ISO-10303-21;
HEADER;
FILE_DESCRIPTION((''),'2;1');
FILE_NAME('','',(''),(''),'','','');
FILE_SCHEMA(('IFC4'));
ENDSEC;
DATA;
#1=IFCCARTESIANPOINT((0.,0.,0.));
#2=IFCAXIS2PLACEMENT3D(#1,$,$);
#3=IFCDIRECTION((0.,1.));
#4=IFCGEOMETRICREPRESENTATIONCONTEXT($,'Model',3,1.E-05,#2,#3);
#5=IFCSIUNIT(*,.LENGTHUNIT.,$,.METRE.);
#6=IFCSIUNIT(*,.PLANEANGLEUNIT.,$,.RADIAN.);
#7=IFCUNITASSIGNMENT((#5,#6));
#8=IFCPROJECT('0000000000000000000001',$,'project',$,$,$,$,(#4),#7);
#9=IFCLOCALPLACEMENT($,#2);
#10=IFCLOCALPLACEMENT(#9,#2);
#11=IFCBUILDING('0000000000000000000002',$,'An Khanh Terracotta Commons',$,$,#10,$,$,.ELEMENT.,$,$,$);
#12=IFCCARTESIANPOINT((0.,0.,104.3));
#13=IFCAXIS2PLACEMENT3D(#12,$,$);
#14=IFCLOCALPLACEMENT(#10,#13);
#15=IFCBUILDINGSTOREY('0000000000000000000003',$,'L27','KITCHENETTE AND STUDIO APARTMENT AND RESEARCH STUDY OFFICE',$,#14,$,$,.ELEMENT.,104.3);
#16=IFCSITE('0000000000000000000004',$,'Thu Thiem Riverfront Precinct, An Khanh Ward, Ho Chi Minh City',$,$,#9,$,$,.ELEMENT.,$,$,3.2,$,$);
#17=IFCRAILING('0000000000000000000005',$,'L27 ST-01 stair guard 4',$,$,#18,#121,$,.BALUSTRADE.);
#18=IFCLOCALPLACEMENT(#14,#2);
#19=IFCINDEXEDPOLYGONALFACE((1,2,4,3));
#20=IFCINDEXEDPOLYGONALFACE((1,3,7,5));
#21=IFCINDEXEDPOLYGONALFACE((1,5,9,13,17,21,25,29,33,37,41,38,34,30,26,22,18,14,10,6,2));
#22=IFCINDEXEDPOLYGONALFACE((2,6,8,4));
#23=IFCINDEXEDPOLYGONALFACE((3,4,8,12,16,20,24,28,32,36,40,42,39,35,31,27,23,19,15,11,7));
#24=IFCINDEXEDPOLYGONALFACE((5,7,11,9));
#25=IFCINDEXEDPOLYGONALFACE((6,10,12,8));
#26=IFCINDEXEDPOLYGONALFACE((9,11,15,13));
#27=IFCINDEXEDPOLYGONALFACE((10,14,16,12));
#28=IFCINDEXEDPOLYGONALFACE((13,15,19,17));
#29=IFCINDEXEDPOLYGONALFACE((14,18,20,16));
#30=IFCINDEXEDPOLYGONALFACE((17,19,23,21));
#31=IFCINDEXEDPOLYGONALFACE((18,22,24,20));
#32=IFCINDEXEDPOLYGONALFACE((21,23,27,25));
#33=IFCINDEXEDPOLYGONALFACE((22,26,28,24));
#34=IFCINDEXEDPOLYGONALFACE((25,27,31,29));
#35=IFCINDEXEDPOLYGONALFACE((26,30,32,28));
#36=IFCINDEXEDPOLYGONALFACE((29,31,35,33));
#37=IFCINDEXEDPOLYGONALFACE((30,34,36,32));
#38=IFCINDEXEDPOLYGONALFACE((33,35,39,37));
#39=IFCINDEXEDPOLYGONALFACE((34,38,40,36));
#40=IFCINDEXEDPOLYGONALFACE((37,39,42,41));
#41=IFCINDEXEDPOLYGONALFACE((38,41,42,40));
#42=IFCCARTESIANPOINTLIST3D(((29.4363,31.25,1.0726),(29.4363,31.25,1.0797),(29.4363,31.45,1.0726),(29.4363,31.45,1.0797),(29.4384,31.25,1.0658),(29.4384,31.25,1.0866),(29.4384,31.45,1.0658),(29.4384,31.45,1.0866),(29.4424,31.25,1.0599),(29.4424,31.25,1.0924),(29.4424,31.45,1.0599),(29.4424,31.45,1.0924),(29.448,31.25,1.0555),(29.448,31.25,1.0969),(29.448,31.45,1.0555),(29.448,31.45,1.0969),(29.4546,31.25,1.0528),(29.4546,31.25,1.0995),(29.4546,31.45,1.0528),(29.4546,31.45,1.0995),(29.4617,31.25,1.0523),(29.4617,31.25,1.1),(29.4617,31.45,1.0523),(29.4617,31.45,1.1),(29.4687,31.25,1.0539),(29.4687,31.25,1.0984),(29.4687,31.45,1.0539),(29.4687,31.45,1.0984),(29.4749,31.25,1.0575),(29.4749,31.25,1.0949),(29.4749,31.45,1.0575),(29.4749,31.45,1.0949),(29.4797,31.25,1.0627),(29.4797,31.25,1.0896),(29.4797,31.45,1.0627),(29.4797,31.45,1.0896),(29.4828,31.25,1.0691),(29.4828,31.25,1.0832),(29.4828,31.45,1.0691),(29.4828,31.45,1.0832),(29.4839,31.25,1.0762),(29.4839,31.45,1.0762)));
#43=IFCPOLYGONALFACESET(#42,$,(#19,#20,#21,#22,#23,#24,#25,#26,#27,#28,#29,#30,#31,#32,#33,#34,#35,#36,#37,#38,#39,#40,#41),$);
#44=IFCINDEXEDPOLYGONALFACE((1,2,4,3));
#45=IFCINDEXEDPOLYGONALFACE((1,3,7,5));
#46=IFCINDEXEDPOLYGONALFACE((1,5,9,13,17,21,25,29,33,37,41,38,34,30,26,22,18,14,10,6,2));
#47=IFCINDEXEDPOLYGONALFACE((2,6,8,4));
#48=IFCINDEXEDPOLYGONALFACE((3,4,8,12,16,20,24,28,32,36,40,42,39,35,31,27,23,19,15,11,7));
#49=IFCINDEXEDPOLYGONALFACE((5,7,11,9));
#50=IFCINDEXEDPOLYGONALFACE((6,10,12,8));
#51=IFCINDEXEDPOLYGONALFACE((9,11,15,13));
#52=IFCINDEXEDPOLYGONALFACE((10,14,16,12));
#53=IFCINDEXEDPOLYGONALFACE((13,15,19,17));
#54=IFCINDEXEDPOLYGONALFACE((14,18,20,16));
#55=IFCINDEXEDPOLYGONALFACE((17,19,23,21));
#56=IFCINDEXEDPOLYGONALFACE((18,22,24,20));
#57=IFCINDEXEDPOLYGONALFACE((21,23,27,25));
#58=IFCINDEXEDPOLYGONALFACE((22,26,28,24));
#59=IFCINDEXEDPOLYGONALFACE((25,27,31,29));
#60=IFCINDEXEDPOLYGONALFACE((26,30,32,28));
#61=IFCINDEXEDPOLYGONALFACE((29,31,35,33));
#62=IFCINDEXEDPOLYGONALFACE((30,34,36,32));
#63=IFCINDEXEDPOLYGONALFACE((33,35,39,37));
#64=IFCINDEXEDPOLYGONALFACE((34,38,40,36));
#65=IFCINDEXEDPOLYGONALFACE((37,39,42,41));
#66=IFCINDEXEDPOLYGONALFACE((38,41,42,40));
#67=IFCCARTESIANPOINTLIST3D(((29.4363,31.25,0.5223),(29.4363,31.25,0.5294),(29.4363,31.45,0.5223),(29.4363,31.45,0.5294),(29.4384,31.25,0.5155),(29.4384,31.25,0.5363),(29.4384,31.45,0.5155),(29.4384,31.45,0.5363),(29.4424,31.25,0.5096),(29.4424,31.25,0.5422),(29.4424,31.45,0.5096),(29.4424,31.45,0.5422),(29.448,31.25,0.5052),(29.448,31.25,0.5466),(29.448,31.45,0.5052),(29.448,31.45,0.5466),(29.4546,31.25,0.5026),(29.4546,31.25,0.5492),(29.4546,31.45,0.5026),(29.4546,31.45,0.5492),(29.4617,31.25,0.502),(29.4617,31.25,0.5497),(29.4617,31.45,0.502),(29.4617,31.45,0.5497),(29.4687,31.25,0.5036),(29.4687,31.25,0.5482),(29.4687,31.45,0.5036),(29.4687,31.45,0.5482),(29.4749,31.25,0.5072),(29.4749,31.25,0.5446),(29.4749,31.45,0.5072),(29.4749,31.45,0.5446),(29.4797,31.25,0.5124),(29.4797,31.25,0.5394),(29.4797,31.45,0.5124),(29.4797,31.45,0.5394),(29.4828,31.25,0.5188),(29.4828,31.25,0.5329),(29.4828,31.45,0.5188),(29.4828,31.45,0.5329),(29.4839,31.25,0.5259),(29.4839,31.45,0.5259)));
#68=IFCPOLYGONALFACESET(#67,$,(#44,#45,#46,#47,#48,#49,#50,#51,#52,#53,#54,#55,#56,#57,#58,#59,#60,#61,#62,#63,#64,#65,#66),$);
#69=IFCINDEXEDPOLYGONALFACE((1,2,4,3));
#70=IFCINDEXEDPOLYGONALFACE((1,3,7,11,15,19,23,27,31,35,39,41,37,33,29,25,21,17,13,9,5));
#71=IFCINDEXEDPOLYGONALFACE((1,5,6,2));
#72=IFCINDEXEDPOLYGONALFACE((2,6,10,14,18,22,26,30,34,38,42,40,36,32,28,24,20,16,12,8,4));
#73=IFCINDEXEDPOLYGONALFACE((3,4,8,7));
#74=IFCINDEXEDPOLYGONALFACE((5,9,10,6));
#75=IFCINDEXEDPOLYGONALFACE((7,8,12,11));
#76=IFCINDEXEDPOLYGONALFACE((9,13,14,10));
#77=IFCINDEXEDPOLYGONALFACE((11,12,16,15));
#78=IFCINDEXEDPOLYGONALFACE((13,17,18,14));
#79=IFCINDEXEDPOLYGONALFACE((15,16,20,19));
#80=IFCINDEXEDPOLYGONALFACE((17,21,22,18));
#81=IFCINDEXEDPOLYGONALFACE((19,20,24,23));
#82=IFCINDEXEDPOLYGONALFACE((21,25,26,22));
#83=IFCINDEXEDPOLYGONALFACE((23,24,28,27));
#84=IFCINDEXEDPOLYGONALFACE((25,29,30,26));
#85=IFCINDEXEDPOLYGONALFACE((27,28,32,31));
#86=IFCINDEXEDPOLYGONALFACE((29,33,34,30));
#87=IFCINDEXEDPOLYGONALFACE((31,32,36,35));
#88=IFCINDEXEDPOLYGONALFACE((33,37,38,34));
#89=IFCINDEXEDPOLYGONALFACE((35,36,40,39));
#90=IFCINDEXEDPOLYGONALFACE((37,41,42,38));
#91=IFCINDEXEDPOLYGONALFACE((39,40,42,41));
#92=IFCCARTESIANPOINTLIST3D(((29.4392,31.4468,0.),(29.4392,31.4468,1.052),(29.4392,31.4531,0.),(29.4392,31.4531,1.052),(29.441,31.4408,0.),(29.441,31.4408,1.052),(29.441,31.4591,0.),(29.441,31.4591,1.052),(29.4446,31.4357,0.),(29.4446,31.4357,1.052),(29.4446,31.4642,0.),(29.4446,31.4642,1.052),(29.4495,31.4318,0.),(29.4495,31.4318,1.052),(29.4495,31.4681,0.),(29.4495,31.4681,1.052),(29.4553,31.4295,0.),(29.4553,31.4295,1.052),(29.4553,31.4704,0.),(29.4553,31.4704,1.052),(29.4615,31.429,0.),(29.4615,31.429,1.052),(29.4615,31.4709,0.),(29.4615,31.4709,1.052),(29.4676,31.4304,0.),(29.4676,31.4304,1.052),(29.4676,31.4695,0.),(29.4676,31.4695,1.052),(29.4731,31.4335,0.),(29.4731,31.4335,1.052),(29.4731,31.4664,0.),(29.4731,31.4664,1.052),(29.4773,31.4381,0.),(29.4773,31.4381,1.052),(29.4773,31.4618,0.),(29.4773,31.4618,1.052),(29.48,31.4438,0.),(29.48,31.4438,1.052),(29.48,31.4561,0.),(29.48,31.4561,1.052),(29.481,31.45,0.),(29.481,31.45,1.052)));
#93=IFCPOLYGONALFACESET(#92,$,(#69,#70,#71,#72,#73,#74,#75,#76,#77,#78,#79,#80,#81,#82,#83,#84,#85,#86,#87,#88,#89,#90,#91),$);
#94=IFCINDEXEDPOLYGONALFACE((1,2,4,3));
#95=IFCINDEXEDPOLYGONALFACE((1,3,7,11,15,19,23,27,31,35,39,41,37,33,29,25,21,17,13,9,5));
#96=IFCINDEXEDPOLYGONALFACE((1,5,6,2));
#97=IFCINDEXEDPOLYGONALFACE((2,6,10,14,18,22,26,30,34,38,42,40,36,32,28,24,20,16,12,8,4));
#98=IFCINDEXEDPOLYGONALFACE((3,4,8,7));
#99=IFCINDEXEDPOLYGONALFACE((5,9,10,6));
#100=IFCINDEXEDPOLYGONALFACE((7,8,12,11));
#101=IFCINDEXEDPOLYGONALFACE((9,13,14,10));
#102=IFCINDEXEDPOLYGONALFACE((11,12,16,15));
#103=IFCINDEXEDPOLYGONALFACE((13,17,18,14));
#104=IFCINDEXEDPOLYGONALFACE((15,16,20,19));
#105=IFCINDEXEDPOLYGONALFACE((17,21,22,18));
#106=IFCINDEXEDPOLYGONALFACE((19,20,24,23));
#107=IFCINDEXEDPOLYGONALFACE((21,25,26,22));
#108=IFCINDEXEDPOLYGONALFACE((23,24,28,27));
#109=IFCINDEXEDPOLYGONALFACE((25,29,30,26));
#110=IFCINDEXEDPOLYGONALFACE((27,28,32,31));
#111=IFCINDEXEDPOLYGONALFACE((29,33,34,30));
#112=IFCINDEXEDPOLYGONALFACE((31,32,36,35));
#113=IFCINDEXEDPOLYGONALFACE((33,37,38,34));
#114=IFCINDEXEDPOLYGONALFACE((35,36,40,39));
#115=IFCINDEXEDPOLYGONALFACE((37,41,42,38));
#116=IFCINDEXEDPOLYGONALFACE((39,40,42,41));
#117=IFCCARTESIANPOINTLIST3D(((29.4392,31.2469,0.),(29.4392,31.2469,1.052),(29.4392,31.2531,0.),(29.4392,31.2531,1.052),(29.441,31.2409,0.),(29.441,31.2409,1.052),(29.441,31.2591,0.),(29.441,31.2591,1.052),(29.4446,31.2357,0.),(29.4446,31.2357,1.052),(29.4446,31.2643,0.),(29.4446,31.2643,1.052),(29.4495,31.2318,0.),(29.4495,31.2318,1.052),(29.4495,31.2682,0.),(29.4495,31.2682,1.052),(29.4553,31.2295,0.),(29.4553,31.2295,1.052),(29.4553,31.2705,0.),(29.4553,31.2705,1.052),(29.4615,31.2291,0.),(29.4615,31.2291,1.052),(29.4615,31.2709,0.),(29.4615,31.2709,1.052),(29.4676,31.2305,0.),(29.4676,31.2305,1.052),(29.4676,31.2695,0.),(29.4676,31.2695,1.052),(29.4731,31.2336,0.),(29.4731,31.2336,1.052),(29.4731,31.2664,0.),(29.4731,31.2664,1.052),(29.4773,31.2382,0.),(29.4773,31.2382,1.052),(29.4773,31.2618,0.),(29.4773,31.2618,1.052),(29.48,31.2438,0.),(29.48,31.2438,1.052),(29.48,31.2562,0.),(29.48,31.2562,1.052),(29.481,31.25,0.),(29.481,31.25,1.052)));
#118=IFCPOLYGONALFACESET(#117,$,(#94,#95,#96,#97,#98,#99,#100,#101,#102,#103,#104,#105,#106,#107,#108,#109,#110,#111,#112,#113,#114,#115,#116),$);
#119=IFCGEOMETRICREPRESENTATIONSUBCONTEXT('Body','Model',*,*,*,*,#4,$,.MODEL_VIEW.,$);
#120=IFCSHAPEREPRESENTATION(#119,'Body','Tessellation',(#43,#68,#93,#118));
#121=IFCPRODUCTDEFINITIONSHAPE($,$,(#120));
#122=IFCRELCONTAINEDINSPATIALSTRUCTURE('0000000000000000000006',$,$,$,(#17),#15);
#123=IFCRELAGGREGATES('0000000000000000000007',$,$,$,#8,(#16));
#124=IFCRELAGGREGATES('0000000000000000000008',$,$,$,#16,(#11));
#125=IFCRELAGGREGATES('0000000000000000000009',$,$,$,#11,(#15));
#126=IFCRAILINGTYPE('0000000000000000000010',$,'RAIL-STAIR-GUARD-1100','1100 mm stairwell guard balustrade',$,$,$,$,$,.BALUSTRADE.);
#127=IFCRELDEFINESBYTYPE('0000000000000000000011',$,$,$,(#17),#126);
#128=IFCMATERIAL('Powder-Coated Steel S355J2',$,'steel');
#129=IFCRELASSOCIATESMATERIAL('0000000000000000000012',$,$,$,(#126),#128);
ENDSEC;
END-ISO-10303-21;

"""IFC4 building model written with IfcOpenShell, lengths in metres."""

from ifc_helpers import new_model, si_unit, direction, frame, origin, origin_2d, place, context, subcontext, project, spatial, circle, extrude, material, type_object, element, save


model = new_model("IFC4")

# Units and contexts
model_context = context("Model", 3, precision=1e-05, world=origin(), true_north=direction((0.0, 1.0)))
body_context = subcontext(model_context, "Body", "Model", "MODEL_VIEW")
ifc_project = project(units=[si_unit("LENGTHUNIT", "METRE"), si_unit("PLANEANGLEUNIT", "RADIAN")], contexts=[model_context])

# Site, building, storey
site_placement = place(None, origin())
site = spatial("IfcSite", under=ifc_project, at=site_placement, Name="Thu Thiem Riverfront Precinct, An Khanh Ward, Ho Chi Minh City", CompositionType="ELEMENT", RefElevation=3.2)
building_placement = place(site_placement, origin())
building = spatial("IfcBuilding", under=site, at=building_placement, Name="An Khanh Terracotta Commons", CompositionType="ELEMENT")
storey_placement = place(building_placement, frame((0.0, 0.0, 104.3)))
storey = spatial("IfcBuildingStorey", under=building, at=storey_placement, Name="L27", Description="KITCHENETTE AND STUDIO APARTMENT AND RESEARCH STUDY OFFICE", CompositionType="ELEMENT", Elevation=104.3)

# Railing
ifc_material_1 = material(Name="Powder-Coated Steel S355J2", Category="steel")
railing_type_1 = type_object("IfcRailingType", Name="RAIL-STAIR-GUARD-1100", Description="1100 mm stairwell guard balustrade", PredefinedType="BALUSTRADE", material=ifc_material_1)
railing_1_placement = place(storey_placement, frame((29.46, 31.45, 0.0)))
element("IfcRailing", 1, at=railing_1_placement, inside=storey, type_object=railing_type_1, Name="L27 ST-01 stair guard 4", PredefinedType="BALUSTRADE", context=body_context, shape_type="SweptSolid", body=[
    extrude(circle(Radius=0.0239, at=origin_2d()), frame((0.0, 0.0, 1.0762), z_axis=(0.0, -1.0, 0.0), x_axis=(1.0, 0.0, 0.0)), (0.0, 0.0, 1.0), 0.2),
    extrude(circle(Radius=0.0239, at=origin_2d()), frame((0.0, 0.0, 0.5259), z_axis=(0.0, -1.0, 0.0), x_axis=(1.0, 0.0, 0.0)), (0.0, 0.0, 1.0), 0.2),
    extrude(circle(Radius=0.021, at=origin_2d()), origin(), (0.0, 0.0, 1.0), 1.052),
    extrude(circle(Radius=0.021, at=origin_2d()), frame((0.0, -0.2, 0.0)), (0.0, 0.0, 1.0), 1.052),
])

save(model, "model.ifc")
